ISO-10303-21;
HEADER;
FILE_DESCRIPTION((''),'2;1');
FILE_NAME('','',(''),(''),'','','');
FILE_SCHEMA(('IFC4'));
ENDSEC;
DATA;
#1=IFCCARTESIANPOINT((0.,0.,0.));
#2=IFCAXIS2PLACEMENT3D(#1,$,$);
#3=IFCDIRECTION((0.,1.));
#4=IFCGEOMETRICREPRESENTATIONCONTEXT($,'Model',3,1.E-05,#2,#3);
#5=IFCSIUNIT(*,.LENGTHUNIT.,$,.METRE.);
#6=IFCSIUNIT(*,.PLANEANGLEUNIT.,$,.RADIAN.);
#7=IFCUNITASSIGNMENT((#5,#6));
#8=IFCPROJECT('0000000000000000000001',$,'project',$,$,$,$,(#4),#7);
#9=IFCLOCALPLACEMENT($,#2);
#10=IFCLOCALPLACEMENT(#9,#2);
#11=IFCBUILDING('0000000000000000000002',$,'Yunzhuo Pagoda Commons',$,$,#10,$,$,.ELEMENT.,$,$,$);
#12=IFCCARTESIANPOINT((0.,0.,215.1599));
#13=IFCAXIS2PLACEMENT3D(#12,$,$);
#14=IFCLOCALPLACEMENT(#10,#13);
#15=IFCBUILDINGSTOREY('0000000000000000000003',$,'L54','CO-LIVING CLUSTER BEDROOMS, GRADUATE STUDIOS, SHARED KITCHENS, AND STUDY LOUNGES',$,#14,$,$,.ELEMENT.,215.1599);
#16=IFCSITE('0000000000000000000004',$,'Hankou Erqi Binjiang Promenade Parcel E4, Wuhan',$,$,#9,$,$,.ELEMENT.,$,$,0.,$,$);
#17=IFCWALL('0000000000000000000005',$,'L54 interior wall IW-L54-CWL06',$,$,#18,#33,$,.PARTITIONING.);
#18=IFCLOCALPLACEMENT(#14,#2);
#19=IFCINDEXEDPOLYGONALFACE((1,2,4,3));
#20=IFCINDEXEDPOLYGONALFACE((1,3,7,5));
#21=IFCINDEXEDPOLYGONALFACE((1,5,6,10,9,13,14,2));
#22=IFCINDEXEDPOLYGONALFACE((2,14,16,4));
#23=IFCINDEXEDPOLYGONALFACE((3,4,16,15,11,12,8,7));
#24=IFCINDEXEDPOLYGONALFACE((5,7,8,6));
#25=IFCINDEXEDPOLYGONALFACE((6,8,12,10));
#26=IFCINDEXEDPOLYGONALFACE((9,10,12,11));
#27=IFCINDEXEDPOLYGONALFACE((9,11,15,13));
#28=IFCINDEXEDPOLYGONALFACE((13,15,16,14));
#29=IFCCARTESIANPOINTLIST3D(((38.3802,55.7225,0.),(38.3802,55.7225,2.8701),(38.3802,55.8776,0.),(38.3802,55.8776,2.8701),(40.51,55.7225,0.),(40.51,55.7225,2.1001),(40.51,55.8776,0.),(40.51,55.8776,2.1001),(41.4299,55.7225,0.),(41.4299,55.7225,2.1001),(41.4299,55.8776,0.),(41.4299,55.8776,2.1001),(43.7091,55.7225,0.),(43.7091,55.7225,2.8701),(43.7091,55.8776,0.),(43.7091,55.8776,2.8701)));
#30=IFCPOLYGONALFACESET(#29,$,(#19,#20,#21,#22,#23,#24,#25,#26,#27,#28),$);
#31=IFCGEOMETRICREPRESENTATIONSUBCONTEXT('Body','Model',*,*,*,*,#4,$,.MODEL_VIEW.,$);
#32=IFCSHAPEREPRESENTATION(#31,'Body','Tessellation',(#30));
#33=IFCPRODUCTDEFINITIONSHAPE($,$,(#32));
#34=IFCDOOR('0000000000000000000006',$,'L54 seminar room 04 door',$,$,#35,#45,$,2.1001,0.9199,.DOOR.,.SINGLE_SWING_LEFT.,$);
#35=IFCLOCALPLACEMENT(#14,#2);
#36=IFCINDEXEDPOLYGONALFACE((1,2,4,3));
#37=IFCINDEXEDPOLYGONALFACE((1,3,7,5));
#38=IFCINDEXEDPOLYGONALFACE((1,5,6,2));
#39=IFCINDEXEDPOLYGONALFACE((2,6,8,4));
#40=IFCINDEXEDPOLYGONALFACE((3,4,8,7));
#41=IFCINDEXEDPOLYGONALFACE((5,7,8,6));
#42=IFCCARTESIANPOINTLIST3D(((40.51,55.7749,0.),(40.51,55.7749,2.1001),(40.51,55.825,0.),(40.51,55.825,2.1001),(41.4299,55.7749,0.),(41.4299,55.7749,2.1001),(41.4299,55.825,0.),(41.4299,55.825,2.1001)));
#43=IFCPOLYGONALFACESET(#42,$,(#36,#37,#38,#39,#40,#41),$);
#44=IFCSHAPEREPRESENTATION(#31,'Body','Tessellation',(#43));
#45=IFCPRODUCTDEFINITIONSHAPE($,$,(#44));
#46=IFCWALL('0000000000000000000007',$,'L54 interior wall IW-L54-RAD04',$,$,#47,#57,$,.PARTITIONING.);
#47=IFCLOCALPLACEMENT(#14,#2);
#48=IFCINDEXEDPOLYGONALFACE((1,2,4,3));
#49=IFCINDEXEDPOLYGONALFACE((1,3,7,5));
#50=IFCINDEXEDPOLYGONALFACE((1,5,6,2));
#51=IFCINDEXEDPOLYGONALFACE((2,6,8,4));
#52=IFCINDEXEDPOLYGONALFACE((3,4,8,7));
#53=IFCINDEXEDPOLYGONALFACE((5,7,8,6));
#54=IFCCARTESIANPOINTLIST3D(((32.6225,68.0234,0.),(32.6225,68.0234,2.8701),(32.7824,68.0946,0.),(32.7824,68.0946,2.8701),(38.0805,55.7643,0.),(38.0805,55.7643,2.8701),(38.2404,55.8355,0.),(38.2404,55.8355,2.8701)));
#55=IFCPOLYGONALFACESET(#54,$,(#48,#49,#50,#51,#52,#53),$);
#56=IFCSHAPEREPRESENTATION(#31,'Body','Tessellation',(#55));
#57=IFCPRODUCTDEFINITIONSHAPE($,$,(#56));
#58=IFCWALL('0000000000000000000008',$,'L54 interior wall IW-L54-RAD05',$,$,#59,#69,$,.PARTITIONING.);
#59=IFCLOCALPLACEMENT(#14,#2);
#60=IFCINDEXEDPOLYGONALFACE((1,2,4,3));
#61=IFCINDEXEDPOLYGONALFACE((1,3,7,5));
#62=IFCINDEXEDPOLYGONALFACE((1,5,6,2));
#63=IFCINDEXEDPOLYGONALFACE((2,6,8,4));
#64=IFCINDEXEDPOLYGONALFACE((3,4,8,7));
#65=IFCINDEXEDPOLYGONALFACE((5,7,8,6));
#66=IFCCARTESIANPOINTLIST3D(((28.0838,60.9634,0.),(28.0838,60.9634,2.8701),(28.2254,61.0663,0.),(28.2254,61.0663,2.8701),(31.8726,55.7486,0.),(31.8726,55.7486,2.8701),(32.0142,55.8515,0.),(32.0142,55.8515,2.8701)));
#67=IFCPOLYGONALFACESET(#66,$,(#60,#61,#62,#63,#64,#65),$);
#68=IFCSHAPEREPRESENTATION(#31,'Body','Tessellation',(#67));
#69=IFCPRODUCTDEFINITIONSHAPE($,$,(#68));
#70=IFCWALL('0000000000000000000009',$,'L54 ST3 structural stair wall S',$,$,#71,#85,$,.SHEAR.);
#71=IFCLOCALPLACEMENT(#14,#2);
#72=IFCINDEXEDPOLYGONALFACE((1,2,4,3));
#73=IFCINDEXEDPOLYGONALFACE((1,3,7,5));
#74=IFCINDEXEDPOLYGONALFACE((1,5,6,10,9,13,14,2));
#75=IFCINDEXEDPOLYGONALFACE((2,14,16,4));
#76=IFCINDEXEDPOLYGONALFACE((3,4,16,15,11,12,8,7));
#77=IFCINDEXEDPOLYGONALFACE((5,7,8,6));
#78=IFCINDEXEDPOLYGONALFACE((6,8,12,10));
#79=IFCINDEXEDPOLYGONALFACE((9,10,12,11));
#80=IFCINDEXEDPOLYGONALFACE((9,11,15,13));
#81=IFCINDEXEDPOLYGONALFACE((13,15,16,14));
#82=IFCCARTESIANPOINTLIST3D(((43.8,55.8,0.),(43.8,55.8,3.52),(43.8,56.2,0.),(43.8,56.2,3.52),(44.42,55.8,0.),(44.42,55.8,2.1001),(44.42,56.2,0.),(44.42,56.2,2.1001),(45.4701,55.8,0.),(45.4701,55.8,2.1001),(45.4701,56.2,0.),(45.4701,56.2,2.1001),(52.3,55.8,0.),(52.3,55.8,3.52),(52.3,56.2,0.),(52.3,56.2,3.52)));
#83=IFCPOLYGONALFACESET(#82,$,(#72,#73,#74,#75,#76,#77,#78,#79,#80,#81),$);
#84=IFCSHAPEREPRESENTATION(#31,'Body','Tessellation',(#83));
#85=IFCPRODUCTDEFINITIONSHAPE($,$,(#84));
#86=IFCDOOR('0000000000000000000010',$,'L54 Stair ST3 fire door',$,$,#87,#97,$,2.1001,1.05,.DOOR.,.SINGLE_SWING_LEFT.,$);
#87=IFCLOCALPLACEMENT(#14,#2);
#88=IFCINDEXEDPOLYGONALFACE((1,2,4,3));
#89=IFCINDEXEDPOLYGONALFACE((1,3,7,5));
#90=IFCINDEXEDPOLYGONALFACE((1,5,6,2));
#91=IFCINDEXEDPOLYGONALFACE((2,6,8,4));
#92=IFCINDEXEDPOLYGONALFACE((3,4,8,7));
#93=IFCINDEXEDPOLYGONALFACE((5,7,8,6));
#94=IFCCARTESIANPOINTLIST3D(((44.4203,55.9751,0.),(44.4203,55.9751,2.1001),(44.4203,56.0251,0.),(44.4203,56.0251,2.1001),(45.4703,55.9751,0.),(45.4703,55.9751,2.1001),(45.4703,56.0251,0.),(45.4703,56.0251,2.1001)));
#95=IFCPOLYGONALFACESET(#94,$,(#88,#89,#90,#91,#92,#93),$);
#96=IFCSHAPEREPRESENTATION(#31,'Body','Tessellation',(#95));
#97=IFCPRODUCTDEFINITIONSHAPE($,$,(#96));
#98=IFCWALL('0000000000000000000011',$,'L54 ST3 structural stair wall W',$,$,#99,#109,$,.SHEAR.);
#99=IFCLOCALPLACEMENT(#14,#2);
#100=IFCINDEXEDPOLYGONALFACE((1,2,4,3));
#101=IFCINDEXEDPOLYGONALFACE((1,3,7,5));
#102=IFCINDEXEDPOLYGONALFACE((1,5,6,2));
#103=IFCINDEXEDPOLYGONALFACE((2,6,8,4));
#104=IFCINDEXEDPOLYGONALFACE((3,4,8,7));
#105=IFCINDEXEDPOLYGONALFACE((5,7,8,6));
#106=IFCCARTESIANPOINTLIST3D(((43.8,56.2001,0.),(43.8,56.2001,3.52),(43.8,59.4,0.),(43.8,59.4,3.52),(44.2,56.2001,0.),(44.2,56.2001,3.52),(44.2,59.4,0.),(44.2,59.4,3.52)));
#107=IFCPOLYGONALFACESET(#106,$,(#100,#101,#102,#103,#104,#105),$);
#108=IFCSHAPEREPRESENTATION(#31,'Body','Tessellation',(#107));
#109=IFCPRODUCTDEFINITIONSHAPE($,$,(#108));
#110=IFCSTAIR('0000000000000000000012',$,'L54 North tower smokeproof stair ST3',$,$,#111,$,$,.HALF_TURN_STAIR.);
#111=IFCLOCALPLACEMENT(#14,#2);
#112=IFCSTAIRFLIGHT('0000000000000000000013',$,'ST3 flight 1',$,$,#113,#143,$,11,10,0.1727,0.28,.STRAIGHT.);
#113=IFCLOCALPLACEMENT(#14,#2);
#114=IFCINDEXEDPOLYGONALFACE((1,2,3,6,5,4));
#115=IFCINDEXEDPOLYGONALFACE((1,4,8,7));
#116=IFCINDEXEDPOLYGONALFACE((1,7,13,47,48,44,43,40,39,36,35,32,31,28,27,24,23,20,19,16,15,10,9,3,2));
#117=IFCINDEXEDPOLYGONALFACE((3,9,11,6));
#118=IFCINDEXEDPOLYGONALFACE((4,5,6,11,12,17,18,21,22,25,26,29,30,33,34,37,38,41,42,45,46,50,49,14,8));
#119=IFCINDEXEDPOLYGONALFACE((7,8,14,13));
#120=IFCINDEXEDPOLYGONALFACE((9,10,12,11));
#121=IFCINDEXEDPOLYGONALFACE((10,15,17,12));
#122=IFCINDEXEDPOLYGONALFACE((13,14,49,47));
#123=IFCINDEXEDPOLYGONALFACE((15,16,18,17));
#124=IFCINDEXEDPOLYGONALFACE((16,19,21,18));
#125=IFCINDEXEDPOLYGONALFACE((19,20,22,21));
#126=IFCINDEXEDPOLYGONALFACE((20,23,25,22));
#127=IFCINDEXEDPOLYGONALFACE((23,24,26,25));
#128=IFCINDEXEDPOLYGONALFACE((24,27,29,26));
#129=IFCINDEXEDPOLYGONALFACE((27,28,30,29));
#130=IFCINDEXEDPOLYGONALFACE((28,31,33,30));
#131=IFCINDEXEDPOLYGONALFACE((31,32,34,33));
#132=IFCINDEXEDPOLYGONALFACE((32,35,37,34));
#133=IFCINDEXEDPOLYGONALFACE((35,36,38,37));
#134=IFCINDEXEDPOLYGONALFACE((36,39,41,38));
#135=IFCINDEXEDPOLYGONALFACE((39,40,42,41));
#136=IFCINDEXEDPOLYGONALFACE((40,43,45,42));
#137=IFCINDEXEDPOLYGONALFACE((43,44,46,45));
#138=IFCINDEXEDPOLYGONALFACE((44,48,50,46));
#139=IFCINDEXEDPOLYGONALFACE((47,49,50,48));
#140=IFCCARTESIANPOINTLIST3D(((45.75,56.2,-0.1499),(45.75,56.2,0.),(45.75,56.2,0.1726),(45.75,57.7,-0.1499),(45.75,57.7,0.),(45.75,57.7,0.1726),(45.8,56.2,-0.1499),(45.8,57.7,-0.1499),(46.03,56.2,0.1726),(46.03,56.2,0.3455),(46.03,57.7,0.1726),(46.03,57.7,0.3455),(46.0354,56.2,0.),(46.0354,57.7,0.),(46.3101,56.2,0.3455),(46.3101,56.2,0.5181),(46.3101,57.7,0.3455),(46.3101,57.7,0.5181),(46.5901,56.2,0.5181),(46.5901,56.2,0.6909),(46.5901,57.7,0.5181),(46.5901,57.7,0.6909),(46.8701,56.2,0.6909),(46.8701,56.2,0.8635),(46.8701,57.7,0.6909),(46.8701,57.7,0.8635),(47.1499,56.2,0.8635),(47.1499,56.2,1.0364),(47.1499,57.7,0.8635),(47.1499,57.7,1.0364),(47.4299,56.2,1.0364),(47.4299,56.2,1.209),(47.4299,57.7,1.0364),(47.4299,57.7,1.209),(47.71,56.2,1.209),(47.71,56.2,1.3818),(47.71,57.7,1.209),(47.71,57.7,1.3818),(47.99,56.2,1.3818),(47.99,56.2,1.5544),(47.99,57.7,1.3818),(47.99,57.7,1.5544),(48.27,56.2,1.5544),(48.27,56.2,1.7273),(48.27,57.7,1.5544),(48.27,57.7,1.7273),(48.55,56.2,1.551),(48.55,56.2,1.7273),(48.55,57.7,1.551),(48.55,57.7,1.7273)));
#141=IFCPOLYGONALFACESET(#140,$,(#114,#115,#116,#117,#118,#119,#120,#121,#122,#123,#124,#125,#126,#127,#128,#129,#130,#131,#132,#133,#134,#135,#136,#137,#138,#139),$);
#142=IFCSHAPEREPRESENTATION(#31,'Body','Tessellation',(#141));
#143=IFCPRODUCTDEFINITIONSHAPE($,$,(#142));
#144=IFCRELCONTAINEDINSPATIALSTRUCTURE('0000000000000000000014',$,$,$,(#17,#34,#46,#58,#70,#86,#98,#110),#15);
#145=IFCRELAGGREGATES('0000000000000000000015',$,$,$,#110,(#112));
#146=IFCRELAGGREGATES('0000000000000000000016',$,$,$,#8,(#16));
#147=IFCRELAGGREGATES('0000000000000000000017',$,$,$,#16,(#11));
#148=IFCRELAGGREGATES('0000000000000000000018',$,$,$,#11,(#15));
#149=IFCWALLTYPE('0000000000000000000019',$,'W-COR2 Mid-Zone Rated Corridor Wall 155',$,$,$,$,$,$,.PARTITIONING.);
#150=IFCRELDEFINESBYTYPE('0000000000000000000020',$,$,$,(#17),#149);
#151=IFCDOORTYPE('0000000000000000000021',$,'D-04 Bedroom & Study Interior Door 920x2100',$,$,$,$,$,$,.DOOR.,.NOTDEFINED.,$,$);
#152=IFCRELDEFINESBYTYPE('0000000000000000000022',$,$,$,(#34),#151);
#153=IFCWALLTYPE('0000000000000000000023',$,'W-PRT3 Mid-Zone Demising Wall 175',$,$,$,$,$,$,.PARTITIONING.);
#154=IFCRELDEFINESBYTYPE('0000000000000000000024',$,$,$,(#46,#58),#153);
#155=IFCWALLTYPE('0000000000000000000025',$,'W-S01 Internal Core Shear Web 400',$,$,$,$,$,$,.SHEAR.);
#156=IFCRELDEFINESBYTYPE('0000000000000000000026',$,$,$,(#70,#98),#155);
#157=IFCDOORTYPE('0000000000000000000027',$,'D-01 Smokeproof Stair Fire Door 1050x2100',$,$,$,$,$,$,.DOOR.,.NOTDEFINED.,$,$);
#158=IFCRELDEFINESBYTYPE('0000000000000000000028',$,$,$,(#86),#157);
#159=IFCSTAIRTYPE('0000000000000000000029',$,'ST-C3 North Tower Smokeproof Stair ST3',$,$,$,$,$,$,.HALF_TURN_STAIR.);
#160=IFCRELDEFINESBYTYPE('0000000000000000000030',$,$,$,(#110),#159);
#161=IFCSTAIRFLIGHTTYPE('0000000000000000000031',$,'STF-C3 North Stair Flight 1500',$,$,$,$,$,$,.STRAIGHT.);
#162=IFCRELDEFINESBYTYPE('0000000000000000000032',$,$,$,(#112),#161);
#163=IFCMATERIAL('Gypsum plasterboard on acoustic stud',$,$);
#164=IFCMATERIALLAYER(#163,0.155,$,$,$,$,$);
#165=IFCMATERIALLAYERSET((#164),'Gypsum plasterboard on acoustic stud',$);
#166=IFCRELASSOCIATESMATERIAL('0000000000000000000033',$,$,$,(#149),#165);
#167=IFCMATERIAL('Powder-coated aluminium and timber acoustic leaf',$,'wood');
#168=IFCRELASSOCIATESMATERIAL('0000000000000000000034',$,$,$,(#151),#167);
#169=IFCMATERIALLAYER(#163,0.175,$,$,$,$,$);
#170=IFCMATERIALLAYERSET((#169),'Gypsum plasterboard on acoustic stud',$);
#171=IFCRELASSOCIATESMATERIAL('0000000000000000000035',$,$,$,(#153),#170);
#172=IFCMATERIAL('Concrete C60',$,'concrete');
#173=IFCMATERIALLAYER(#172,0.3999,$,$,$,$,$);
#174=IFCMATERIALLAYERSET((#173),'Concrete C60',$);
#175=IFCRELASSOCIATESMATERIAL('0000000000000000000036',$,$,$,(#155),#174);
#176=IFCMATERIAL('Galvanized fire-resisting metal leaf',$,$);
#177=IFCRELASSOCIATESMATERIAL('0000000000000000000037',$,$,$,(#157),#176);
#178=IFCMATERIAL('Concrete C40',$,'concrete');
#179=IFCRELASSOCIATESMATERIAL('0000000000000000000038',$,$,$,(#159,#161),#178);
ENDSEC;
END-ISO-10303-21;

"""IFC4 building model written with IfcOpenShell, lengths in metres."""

from ifc_helpers import new_model, si_unit, direction, frame, frame_2d, origin, origin_with_axes, place, context, subcontext, project, spatial, polyline, rectangle, outline, extrude, source, transform, mapped, material, layer, layer_set, type_object, element, fill, aggregate, save


model = new_model("IFC4")

# Units and contexts
model_context = context("Model", 3, precision=1e-05, world=origin(), true_north=direction((0.0, 1.0)))
body_context = subcontext(model_context, "Body", "Model", "MODEL_VIEW")
ifc_project = project(units=[si_unit("LENGTHUNIT", "METRE"), si_unit("PLANEANGLEUNIT", "RADIAN")], contexts=[model_context])

# Site, building, storey
site_placement = place(None, origin())
site = spatial("IfcSite", under=ifc_project, at=site_placement, Name="Hankou Erqi Binjiang Promenade Parcel E4, Wuhan", CompositionType="ELEMENT", RefElevation=0.0)
building_placement = place(site_placement, origin())
building = spatial("IfcBuilding", under=site, at=building_placement, Name="Yunzhuo Pagoda Commons", CompositionType="ELEMENT")
storey_placement = place(building_placement, frame((0.0, 0.0, 215.1599)))
storey = spatial("IfcBuildingStorey", under=building, at=storey_placement, Name="L54", Description="CO-LIVING CLUSTER BEDROOMS, GRADUATE STUDIOS, SHARED KITCHENS, AND STUDY LOUNGES", CompositionType="ELEMENT", Elevation=215.1599)

# Shared definitions
ifc_material_1 = material(Name="Gypsum plasterboard on acoustic stud")
ifc_layer_1 = layer(ifc_material_1, 0.155)
ifc_layer_set_1 = layer_set([ifc_layer_1], Name="Gypsum plasterboard on acoustic stud")
wall_type_1 = type_object("IfcWallType", Name="W-COR2 Mid-Zone Rated Corridor Wall 155", PredefinedType="PARTITIONING", material=ifc_layer_set_1)
ifc_material_2 = material(Name="Powder-coated aluminium and timber acoustic leaf", Category="wood")
door_type_1 = type_object("IfcDoorType", Name="D-04 Bedroom & Study Interior Door 920x2100", OperationType="NOTDEFINED", PredefinedType="DOOR", material=ifc_material_2)
shared_shape_1 = source(origin(), body_context, "Body", "SweptSolid", [
    extrude(rectangle(XDim=0.9199, YDim=2.1001, at=frame_2d((0.46, 1.05))), frame((0.0, 0.0249, 0.0), z_axis=(0.0, -1.0, 0.0), x_axis=(1.0, 0.0, 0.0)), (0.0, 0.0, 1.0), 0.05),
])

# Wall, opening, door
wall_1_placement = place(storey_placement, frame((38.3801, 55.8, 0.0), z_axis=(0.0, 0.0, 1.0), x_axis=(1.0, 0.0, 0.0)))
wall_1 = element("IfcWall", 1, at=wall_1_placement, inside=storey, type_object=wall_type_1, Name="L54 interior wall IW-L54-CWL06", PredefinedType="PARTITIONING", context=body_context, shape_type="SweptSolid", body=[
    extrude(rectangle(XDim=5.3289, YDim=0.155, at=frame_2d((2.6646, 0.0))), origin(), (0.0, 0.0, 1.0), 2.8701),
])
opening_1_placement = place(wall_1_placement, frame((2.1299, 0.0, 0.0)))
opening_1 = element("IfcOpeningElement", 2, at=opening_1_placement, cuts=wall_1, PredefinedType="OPENING", context=body_context, shape_type="SweptSolid", body=[
    extrude(rectangle(XDim=0.9199, YDim=2.1001, at=frame_2d((0.46, 1.05))), frame((0.0, 0.0874, 0.0), z_axis=(0.0, -1.0, 0.0), x_axis=(1.0, 0.0, 0.0)), (0.0, 0.0, 1.0), 0.175),
])
door_1_placement = place(opening_1_placement, origin_with_axes())
door_1 = element("IfcDoor", 3, at=door_1_placement, inside=storey, type_object=door_type_1, Name="L54 seminar room 04 door", OperationType="SINGLE_SWING_LEFT", OverallHeight=2.1001, OverallWidth=0.9199, PredefinedType="DOOR", context=body_context, shape_type="MappedRepresentation", body=[
    mapped(shared_shape_1, transform((0.0, 0.0, 0.0), scale=1.0)),
])
fill(opening_1, door_1)

# Walls
ifc_layer_2 = layer(ifc_material_1, 0.175)
ifc_layer_set_2 = layer_set([ifc_layer_2], Name="Gypsum plasterboard on acoustic stud")
wall_type_2 = type_object("IfcWallType", Name="W-PRT3 Mid-Zone Demising Wall 175", PredefinedType="PARTITIONING", material=ifc_layer_set_2)
wall_2_placement = place(storey_placement, frame((38.1604, 55.8, 0.0), z_axis=(0.0, 0.0, 1.0), x_axis=(-0.406733, 0.913547, 0.0)))
element("IfcWall", 4, at=wall_2_placement, inside=storey, type_object=wall_type_2, Name="L54 interior wall IW-L54-RAD04", PredefinedType="PARTITIONING", context=body_context, shape_type="SweptSolid", body=[
    extrude(rectangle(XDim=13.4192, YDim=0.175, at=frame_2d((6.7095, 0.0))), origin(), (0.0, 0.0, 1.0), 2.8701),
])
wall_3_placement = place(storey_placement, frame((31.9434, 55.8, 0.0), z_axis=(0.0, 0.0, 1.0), x_axis=(-0.587787, 0.809016, 0.0)))
element("IfcWall", 5, at=wall_3_placement, inside=storey, type_object=wall_type_2, Name="L54 interior wall IW-L54-RAD05", PredefinedType="PARTITIONING", context=body_context, shape_type="SweptSolid", body=[
    extrude(rectangle(XDim=6.4458, YDim=0.175, at=frame_2d((3.2229, 0.0))), origin(), (0.0, 0.0, 1.0), 2.8701),
])

# Wall, opening, door
ifc_material_3 = material(Name="Concrete C60", Category="concrete")
ifc_layer_3 = layer(ifc_material_3, 0.3999)
ifc_layer_set_3 = layer_set([ifc_layer_3], Name="Concrete C60")
wall_type_3 = type_object("IfcWallType", Name="W-S01 Internal Core Shear Web 400", PredefinedType="SHEAR", material=ifc_layer_set_3)
wall_4_placement = place(storey_placement, frame((43.8, 56.0, 0.0), z_axis=(0.0, 0.0, 1.0), x_axis=(1.0, 0.0, 0.0)))
wall_4 = element("IfcWall", 6, at=wall_4_placement, inside=storey, type_object=wall_type_3, Name="L54 ST3 structural stair wall S", PredefinedType="SHEAR", context=body_context, shape_type="SweptSolid", body=[
    extrude(rectangle(XDim=8.5, YDim=0.3999, at=frame_2d((4.25, 0.0))), origin(), (0.0, 0.0, 1.0), 3.52),
])
opening_2_placement = place(wall_4_placement, frame((0.6201, 0.0, 0.0)))
opening_2 = element("IfcOpeningElement", 7, at=opening_2_placement, cuts=wall_4, PredefinedType="OPENING", context=body_context, shape_type="SweptSolid", body=[
    extrude(rectangle(XDim=1.05, YDim=2.1001, at=frame_2d((0.5249, 1.05))), frame((0.0, 0.21, 0.0), z_axis=(0.0, -1.0, 0.0), x_axis=(1.0, 0.0, 0.0)), (0.0, 0.0, 1.0), 0.4199),
])
ifc_material_4 = material(Name="Galvanized fire-resisting metal leaf")
door_type_2 = type_object("IfcDoorType", Name="D-01 Smokeproof Stair Fire Door 1050x2100", OperationType="NOTDEFINED", PredefinedType="DOOR", material=ifc_material_4)
shared_shape_2 = source(origin(), body_context, "Body", "SweptSolid", [
    extrude(rectangle(XDim=1.05, YDim=2.1001, at=frame_2d((0.5249, 1.05))), frame((0.0, 0.0249, 0.0), z_axis=(0.0, -1.0, 0.0), x_axis=(1.0, 0.0, 0.0)), (0.0, 0.0, 1.0), 0.05),
])
door_2_placement = place(opening_2_placement, frame((1.05, 0.0, 0.0), z_axis=(0.0, 0.0, 1.0), x_axis=(-1.0, 0.0, 0.0)))
door_2 = element("IfcDoor", 8, at=door_2_placement, inside=storey, type_object=door_type_2, Name="L54 Stair ST3 fire door", OperationType="SINGLE_SWING_LEFT", OverallHeight=2.1001, OverallWidth=1.05, PredefinedType="DOOR", context=body_context, shape_type="MappedRepresentation", body=[
    mapped(shared_shape_2, transform((0.0, 0.0, 0.0), scale=1.0)),
])
fill(opening_2, door_2)

# Wall
wall_5_placement = place(storey_placement, frame((44.0, 56.2, 0.0), z_axis=(0.0, 0.0, 1.0), x_axis=(0.0, 1.0, 0.0)))
element("IfcWall", 9, at=wall_5_placement, inside=storey, type_object=wall_type_3, Name="L54 ST3 structural stair wall W", PredefinedType="SHEAR", context=body_context, shape_type="SweptSolid", body=[
    extrude(rectangle(XDim=3.2, YDim=0.3999, at=frame_2d((1.6001, 0.0))), origin(), (0.0, 0.0, 1.0), 3.52),
])

# Stair, stair flight
ifc_material_5 = material(Name="Concrete C40", Category="concrete")
stair_type = type_object("IfcStairType", Name="ST-C3 North Tower Smokeproof Stair ST3", PredefinedType="HALF_TURN_STAIR", material=ifc_material_5)
stair_placement = place(storey_placement, origin())
stair = element("IfcStair", 10, at=stair_placement, inside=storey, type_object=stair_type, Name="L54 North tower smokeproof stair ST3", PredefinedType="HALF_TURN_STAIR")
stair_flight_type = type_object("IfcStairFlightType", Name="STF-C3 North Stair Flight 1500", PredefinedType="STRAIGHT", material=ifc_material_5)
shared_shape_3 = source(origin(), body_context, "Body", "SweptSolid", [
    extrude(outline(polyline([(0.0, -0.1499), (0.0, 0.0), (0.0, 0.1726), (0.28, 0.1726), (0.28, 0.3455), (0.5601, 0.3455), (0.5601, 0.5181), (0.8401, 0.5181), (0.8401, 0.6909), (1.1201, 0.6909), (1.1201, 0.8635), (1.3999, 0.8635), (1.3999, 1.0364), (1.6799, 1.0364), (1.6799, 1.209), (1.96, 1.209), (1.96, 1.3818), (2.24, 1.3818), (2.24, 1.5544), (2.52, 1.5544), (2.52, 1.7273), (2.8, 1.7273), (2.8, 1.8999), (2.8, 1.551), (0.2854, 0.0), (0.05, -0.1499), (0.0, -0.1499)])), frame((0.0, 0.75, 0.0), z_axis=(0.0, -1.0, 0.0), x_axis=(1.0, 0.0, 0.0)), (0.0, 0.0, 1.0), 1.5),
])
stair_flight_placement = place(storey_placement, frame((45.75, 56.95, 0.0), z_axis=(0.0, 0.0, 1.0), x_axis=(1.0, 0.0, 0.0)))
stair_flight = element("IfcStairFlight", 11, at=stair_flight_placement, type_object=stair_flight_type, Name="ST3 flight 1", NumberOfRisers=11, NumberOfTreads=10, PredefinedType="STRAIGHT", RiserHeight=0.1727, TreadLength=0.28, context=body_context, shape_type="MappedRepresentation", body=[
    mapped(shared_shape_3, transform((0.0, 0.0, 0.0), scale=1.0)),
])
aggregate(stair, [stair_flight])

save(model, "model.ifc")
